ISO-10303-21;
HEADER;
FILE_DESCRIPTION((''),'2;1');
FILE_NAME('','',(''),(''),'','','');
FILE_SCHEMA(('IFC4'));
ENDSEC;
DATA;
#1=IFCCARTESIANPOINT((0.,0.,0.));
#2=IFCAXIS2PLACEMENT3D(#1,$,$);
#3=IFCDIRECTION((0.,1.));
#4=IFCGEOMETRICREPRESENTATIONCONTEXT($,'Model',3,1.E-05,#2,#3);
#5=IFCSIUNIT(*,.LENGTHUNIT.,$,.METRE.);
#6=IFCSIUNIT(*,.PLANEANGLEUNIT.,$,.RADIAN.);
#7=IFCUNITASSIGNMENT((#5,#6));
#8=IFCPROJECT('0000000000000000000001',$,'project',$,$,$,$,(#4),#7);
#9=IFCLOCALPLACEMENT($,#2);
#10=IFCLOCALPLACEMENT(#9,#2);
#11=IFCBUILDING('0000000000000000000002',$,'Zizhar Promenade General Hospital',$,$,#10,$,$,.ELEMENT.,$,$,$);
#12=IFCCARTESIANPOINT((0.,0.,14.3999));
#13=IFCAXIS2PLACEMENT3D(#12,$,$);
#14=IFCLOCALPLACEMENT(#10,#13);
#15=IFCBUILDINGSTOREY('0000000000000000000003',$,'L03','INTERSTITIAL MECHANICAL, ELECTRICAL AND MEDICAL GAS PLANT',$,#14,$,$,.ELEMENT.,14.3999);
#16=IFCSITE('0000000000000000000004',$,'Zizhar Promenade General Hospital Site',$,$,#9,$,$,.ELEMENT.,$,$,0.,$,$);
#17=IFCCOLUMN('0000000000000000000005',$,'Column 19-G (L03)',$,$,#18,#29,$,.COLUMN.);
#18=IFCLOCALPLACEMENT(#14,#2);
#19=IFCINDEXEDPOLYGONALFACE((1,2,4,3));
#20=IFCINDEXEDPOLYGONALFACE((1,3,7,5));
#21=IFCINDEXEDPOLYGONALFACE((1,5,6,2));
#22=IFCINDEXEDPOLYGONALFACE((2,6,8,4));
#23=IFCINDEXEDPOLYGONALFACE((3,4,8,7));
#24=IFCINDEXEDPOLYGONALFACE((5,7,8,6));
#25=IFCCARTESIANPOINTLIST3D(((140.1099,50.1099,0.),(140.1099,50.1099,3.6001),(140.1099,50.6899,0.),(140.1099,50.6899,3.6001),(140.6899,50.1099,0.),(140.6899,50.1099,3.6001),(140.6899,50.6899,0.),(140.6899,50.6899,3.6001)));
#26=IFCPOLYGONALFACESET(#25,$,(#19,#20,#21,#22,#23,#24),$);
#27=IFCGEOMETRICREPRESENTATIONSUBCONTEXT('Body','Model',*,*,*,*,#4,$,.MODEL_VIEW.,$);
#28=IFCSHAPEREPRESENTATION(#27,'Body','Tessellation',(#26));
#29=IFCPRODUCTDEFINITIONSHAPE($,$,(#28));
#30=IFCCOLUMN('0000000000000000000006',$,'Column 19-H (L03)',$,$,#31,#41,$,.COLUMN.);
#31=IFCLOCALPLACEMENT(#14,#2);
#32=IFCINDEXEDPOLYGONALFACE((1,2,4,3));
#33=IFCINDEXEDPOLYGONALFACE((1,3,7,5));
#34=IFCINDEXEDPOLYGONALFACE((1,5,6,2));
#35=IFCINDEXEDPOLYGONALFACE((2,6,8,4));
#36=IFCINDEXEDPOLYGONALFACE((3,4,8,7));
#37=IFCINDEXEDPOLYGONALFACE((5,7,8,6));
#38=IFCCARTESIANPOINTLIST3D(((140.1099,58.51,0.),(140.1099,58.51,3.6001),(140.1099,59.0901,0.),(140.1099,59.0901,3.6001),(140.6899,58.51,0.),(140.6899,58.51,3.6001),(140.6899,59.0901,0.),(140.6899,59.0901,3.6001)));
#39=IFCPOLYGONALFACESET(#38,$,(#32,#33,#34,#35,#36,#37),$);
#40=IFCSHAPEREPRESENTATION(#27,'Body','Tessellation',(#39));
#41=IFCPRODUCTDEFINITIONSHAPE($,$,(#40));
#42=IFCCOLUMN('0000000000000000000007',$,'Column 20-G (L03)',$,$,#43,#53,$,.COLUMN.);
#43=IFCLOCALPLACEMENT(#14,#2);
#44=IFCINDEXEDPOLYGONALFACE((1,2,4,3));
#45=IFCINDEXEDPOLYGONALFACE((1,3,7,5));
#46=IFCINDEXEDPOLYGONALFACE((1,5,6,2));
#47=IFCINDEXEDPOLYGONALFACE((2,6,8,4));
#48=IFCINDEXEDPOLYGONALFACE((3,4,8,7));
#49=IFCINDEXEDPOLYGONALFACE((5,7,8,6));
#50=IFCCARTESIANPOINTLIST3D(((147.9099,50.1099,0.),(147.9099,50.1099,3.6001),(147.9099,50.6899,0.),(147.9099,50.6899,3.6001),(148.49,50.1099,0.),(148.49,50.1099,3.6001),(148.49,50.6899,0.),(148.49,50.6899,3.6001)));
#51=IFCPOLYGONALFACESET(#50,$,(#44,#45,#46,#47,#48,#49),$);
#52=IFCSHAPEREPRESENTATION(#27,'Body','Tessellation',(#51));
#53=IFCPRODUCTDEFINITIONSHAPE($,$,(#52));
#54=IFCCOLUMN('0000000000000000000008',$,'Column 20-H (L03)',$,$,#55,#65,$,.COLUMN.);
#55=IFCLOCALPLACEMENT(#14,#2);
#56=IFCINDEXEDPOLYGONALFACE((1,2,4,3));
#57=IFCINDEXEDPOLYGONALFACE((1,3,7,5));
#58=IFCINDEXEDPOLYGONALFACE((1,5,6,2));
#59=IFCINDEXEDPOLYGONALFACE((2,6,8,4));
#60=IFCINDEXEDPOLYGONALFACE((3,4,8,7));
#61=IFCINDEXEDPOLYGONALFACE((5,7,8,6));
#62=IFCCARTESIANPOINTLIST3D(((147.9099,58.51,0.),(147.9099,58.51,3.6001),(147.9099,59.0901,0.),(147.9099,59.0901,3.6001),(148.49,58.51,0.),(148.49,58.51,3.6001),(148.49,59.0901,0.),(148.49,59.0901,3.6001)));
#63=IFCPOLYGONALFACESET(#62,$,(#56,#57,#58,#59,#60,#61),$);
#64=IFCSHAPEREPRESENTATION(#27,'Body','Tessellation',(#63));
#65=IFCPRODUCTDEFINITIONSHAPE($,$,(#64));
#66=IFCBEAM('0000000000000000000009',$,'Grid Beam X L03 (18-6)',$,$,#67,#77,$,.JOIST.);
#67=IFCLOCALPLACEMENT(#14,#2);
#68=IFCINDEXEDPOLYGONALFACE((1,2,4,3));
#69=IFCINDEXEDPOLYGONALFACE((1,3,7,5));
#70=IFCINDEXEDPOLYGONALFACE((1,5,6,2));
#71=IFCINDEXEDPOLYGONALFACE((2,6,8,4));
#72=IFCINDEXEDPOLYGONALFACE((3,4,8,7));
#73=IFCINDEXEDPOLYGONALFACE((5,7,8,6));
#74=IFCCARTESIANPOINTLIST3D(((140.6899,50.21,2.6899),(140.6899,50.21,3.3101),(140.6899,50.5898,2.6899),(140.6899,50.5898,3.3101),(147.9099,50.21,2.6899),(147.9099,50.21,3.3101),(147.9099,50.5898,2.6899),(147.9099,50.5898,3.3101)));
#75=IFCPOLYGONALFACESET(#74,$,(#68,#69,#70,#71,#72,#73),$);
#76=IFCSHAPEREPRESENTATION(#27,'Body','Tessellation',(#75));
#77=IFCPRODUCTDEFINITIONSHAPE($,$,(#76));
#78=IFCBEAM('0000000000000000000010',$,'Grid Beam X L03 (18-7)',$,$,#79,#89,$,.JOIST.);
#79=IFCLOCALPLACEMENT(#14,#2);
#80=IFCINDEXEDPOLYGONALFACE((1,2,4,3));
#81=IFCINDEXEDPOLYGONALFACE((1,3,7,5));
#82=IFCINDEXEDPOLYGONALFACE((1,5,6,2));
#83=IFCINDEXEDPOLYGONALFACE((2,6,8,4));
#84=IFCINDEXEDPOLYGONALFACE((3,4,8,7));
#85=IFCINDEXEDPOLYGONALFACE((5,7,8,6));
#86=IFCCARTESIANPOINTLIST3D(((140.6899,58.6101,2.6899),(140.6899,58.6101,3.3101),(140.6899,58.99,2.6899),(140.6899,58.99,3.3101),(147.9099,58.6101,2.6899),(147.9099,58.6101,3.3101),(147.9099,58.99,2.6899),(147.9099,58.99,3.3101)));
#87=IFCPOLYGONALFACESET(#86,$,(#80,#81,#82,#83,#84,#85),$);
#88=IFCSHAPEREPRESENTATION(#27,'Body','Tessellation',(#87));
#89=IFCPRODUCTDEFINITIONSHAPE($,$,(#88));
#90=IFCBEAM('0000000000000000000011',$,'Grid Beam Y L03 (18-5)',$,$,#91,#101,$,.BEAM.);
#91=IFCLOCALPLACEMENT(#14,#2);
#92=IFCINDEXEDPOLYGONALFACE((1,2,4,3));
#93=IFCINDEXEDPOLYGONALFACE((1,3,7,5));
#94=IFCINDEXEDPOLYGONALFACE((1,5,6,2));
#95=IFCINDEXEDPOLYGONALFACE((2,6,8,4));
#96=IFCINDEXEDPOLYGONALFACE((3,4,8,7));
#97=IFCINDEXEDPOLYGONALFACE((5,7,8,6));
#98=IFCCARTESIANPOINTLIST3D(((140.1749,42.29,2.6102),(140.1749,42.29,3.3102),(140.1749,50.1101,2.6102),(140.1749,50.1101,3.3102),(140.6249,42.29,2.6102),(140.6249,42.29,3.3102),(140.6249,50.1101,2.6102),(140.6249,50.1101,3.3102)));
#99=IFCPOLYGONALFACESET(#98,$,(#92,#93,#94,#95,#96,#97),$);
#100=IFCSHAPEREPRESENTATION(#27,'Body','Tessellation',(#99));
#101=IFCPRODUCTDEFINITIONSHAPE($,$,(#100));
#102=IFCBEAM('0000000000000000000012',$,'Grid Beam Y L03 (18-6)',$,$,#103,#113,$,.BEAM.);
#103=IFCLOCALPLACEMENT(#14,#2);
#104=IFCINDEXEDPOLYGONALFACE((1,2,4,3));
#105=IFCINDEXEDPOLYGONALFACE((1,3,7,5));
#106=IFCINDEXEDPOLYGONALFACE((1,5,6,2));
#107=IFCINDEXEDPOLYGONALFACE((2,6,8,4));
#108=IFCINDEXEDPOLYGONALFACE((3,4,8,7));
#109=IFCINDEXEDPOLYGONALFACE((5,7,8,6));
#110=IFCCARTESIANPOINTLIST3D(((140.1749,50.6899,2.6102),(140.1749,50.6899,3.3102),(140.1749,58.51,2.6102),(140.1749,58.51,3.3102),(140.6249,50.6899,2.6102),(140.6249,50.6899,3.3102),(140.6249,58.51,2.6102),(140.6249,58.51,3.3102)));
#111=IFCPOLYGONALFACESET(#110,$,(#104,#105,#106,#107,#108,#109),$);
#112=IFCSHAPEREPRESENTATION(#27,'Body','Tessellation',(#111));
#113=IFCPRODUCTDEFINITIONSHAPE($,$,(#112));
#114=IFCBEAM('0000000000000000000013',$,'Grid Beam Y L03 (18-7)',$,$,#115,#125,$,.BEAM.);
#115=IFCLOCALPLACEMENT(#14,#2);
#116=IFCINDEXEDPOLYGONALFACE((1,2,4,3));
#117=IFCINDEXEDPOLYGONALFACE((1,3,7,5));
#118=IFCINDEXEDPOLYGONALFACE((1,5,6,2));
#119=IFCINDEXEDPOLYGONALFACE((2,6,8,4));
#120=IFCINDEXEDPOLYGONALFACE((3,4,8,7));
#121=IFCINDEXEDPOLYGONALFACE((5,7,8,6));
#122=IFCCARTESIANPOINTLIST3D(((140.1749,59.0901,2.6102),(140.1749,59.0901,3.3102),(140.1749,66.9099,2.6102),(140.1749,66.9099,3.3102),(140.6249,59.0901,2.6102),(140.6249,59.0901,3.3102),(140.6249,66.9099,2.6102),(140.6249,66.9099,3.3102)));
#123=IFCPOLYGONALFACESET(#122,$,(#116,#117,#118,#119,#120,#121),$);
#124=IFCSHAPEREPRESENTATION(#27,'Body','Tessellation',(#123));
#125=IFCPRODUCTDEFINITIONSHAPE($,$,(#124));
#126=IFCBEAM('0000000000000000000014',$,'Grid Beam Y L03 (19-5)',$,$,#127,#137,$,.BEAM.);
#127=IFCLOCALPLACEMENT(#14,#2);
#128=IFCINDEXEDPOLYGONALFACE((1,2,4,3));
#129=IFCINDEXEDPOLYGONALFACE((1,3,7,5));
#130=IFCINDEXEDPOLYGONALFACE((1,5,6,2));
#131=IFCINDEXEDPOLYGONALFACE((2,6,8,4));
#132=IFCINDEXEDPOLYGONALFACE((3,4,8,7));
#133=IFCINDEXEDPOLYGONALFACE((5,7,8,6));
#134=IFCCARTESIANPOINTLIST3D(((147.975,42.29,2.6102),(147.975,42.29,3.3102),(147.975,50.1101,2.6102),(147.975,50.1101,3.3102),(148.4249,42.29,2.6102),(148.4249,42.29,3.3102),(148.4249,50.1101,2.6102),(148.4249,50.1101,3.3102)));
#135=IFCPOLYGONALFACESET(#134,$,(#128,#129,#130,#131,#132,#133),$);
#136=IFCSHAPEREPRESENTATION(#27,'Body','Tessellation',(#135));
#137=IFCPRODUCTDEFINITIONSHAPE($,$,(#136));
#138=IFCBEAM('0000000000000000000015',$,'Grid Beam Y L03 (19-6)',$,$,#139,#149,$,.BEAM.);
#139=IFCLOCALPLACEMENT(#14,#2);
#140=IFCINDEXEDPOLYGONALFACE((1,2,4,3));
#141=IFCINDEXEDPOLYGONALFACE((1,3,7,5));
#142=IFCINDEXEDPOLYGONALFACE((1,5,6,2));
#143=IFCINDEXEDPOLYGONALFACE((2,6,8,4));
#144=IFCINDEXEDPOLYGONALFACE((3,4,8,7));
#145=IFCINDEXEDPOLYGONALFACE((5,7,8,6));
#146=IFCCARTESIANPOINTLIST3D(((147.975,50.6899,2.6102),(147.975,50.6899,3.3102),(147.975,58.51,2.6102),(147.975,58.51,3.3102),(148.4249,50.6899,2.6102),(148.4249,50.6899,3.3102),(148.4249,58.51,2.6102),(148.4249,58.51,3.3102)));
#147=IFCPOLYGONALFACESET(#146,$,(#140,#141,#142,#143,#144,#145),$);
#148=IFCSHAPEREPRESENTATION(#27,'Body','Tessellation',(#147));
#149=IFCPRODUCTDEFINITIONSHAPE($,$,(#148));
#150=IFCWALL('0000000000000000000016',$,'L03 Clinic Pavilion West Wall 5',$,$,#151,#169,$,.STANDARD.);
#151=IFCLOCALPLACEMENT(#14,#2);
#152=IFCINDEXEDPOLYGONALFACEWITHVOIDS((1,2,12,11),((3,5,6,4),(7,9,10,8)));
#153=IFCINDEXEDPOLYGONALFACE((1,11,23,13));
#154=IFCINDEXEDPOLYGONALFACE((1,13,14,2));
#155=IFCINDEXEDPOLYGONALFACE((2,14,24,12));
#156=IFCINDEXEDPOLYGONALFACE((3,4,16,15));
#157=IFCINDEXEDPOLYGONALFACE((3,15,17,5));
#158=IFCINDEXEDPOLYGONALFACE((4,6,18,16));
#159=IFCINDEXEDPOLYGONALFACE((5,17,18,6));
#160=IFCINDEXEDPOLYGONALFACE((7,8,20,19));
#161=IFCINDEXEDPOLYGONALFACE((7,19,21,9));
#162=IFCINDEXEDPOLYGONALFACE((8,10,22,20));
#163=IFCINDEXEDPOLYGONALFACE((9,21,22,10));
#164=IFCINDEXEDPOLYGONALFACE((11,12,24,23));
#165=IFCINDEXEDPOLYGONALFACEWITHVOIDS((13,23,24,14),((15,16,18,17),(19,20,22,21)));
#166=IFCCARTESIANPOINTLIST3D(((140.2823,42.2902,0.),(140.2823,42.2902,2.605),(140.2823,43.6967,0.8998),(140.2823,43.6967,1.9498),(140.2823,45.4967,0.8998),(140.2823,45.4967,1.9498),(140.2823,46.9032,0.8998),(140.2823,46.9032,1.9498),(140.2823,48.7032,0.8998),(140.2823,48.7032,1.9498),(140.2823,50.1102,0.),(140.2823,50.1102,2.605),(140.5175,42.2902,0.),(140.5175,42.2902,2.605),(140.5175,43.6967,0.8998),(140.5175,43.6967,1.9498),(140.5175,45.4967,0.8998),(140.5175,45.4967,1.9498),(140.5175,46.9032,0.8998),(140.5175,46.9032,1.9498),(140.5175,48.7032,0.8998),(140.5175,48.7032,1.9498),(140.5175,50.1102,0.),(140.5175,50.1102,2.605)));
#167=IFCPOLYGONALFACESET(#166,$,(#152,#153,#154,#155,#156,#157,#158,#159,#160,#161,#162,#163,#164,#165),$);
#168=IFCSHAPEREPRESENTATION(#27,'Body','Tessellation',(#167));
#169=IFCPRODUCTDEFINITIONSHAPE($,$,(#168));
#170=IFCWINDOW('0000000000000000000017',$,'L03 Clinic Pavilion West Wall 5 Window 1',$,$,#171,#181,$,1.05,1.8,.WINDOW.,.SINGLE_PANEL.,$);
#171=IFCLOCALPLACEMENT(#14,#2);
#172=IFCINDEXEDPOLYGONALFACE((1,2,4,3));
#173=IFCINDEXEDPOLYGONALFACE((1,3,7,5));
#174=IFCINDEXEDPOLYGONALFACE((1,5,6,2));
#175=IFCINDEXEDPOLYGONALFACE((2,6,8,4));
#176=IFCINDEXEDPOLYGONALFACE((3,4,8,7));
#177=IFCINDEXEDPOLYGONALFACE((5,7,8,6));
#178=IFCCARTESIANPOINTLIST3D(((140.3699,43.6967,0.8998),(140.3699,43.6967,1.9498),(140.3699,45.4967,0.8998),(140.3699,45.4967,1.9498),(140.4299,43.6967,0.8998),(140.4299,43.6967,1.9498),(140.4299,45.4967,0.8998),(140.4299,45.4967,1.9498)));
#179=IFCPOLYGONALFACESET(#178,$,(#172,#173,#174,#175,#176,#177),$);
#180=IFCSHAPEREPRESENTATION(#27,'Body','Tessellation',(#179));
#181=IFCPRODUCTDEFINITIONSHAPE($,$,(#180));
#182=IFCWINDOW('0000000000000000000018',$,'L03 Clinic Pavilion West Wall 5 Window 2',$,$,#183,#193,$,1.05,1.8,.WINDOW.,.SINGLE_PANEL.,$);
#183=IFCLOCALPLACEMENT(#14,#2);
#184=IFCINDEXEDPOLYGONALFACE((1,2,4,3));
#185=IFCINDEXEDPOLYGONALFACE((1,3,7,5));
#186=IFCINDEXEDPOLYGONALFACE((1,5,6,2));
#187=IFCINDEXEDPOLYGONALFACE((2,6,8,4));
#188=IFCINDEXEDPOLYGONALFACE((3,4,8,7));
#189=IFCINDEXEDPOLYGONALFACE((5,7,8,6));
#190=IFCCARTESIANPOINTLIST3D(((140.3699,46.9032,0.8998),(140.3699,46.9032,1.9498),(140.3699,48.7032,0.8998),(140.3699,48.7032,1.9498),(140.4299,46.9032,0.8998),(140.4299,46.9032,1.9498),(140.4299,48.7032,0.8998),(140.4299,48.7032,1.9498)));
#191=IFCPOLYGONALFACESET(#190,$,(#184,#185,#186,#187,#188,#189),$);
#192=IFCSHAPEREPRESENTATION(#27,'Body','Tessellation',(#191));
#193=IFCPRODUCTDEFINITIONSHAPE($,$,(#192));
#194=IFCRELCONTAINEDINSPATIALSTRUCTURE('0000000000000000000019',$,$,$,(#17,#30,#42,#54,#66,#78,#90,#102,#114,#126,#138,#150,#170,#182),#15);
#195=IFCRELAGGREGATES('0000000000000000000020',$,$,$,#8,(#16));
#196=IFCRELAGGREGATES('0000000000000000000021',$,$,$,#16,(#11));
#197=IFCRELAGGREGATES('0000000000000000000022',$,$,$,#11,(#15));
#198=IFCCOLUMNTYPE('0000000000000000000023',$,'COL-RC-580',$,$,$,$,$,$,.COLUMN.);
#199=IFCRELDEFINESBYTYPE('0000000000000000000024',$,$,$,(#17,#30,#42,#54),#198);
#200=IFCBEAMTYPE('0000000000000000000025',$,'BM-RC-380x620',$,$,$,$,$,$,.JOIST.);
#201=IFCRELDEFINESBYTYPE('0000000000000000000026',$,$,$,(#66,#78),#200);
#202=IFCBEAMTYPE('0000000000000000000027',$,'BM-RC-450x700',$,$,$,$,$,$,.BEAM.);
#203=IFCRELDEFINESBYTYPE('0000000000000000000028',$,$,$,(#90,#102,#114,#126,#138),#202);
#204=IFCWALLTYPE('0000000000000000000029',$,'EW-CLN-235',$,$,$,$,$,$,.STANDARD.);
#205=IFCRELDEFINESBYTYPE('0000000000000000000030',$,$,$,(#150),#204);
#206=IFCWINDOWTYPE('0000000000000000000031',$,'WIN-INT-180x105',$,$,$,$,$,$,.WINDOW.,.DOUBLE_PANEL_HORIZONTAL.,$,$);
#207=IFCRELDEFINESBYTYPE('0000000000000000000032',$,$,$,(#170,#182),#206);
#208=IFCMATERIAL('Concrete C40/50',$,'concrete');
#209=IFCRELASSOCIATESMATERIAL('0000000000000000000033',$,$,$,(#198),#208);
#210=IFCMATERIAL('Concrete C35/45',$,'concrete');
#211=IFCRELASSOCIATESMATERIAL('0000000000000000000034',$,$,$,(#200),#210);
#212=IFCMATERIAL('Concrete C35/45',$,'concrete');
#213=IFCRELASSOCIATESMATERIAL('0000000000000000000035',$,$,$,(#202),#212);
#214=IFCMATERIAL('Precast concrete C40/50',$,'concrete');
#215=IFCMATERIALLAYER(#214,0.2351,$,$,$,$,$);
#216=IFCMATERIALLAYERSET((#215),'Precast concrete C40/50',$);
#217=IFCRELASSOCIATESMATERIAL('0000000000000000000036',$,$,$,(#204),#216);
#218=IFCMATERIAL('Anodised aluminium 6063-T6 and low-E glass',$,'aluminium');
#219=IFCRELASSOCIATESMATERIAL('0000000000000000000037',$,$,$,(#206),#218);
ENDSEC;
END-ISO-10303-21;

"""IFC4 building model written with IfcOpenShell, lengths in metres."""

from ifc_helpers import new_model, si_unit, direction, frame, frame_2d, origin, origin_2d, place, context, subcontext, project, spatial, rectangle, extrude, material, layer, layer_set, material_profile, profile_set, type_object, element, fill, save


model = new_model("IFC4")

# Units and contexts
model_context = context("Model", 3, precision=1e-05, world=origin(), true_north=direction((0.0, 1.0)))
body_context = subcontext(model_context, "Body", "Model", "MODEL_VIEW")
ifc_project = project(units=[si_unit("LENGTHUNIT", "METRE"), si_unit("PLANEANGLEUNIT", "RADIAN")], contexts=[model_context])

# Site, building, storey
site_placement = place(None, origin())
site = spatial("IfcSite", under=ifc_project, at=site_placement, Name="Zizhar Promenade General Hospital Site", CompositionType="ELEMENT", RefElevation=0.0)
building_placement = place(site_placement, origin())
building = spatial("IfcBuilding", under=site, at=building_placement, Name="Zizhar Promenade General Hospital", CompositionType="ELEMENT")
storey_placement = place(building_placement, frame((0.0, 0.0, 14.3999)))
storey = spatial("IfcBuildingStorey", under=building, at=storey_placement, Name="L03", Description="INTERSTITIAL MECHANICAL, ELECTRICAL AND MEDICAL GAS PLANT", CompositionType="ELEMENT", Elevation=14.3999)

# Columns
ifc_material_1 = material(Name="Concrete C40/50", Category="concrete")
ifc_material_profile_1 = material_profile(ifc_material_1, rectangle(XDim=0.5801, YDim=0.5801, at=origin_2d()))
ifc_profile_set_1 = profile_set([ifc_material_profile_1], Name="Concrete C40/50")
column_type = type_object("IfcColumnType", Name="COL-RC-580", PredefinedType="COLUMN", material=ifc_profile_set_1)
for number, where, z_axis, x_axis, name in (
    (1, (140.3999, 50.3999, 0.0), (0.0, 0.0, 1.0), (1.0, 0.0, 0.0), "Column 19-G (L03)"),
    (2, (140.3999, 58.8, 0.0), (0.0, 0.0, 1.0), (1.0, 0.0, 0.0), "Column 19-H (L03)"),
    (3, (148.2, 50.3999, 0.0), (0.0, 0.0, 1.0), (1.0, 0.0, 0.0), "Column 20-G (L03)"),
    (4, (148.2, 58.8, 0.0), (0.0, 0.0, 1.0), (1.0, 0.0, 0.0), "Column 20-H (L03)"),
):
    element("IfcColumn", number, at=place(storey_placement, frame(where, z_axis=z_axis, x_axis=x_axis)), inside=storey, type_object=column_type, Name=name, PredefinedType="COLUMN", context=body_context, shape_type="SweptSolid", body=[
        extrude(rectangle(XDim=0.5801, YDim=0.5801, at=origin_2d()), origin(), (0.0, 0.0, 1.0), 3.6001),
    ])

# Beams
ifc_material_2 = material(Name="Concrete C35/45", Category="concrete")
ifc_material_profile_2 = material_profile(ifc_material_2, rectangle(XDim=0.3799, YDim=0.6201, at=origin_2d()))
ifc_profile_set_2 = profile_set([ifc_material_profile_2], Name="Concrete C35/45")
beam_type_1 = type_object("IfcBeamType", Name="BM-RC-380x620", PredefinedType="JOIST", material=ifc_profile_set_2)
for number, where, z_axis, x_axis, name in (
    (5, (140.6899, 50.3999, 3.0), (1.0, 0.0, 0.0), (0.0, 1.0, 0.0), "Grid Beam X L03 (18-6)"),
    (6, (140.6899, 58.8, 3.0), (1.0, 0.0, 0.0), (0.0, 1.0, 0.0), "Grid Beam X L03 (18-7)"),
):
    element("IfcBeam", number, at=place(storey_placement, frame(where, z_axis=z_axis, x_axis=x_axis)), inside=storey, type_object=beam_type_1, Name=name, PredefinedType="JOIST", context=body_context, shape_type="SweptSolid", body=[
        extrude(rectangle(XDim=0.3799, YDim=0.6201, at=origin_2d()), origin(), (0.0, 0.0, 1.0), 7.22),
    ])
ifc_material_3 = material(Name="Concrete C35/45", Category="concrete")
ifc_material_profile_3 = material_profile(ifc_material_3, rectangle(XDim=0.45, YDim=0.7, at=origin_2d()))
ifc_profile_set_3 = profile_set([ifc_material_profile_3], Name="Concrete C35/45")
beam_type_2 = type_object("IfcBeamType", Name="BM-RC-450x700", PredefinedType="BEAM", material=ifc_profile_set_3)
for number, where, z_axis, x_axis, name in (
    (7, (140.3999, 42.29, 2.9602), (0.0, 1.0, 0.0), (-1.0, 0.0, 0.0), "Grid Beam Y L03 (18-5)"),
    (8, (140.3999, 50.6899, 2.9602), (0.0, 1.0, 0.0), (-1.0, 0.0, 0.0), "Grid Beam Y L03 (18-6)"),
):
    element("IfcBeam", number, at=place(storey_placement, frame(where, z_axis=z_axis, x_axis=x_axis)), inside=storey, type_object=beam_type_2, Name=name, PredefinedType="BEAM", context=body_context, shape_type="SweptSolid", body=[
        extrude(rectangle(XDim=0.45, YDim=0.7, at=origin_2d()), origin(), (0.0, 0.0, 1.0), 7.8201),
    ])
beam_placement = place(storey_placement, frame((140.3999, 59.0901, 2.9602), z_axis=(0.0, 1.0, 0.0), x_axis=(-1.0, 0.0, 0.0)))
element("IfcBeam", 9, at=beam_placement, inside=storey, type_object=beam_type_2, Name="Grid Beam Y L03 (18-7)", PredefinedType="BEAM", context=body_context, shape_type="SweptSolid", body=[
    extrude(rectangle(XDim=0.45, YDim=0.7, at=origin_2d()), origin(), (0.0, 0.0, 1.0), 7.8198),
])
for number, where, z_axis, x_axis, name in (
    (10, (148.2, 42.29, 2.9602), (0.0, 1.0, 0.0), (-1.0, 0.0, 0.0), "Grid Beam Y L03 (19-5)"),
    (11, (148.2, 50.6899, 2.9602), (0.0, 1.0, 0.0), (-1.0, 0.0, 0.0), "Grid Beam Y L03 (19-6)"),
):
    element("IfcBeam", number, at=place(storey_placement, frame(where, z_axis=z_axis, x_axis=x_axis)), inside=storey, type_object=beam_type_2, Name=name, PredefinedType="BEAM", context=body_context, shape_type="SweptSolid", body=[
        extrude(rectangle(XDim=0.45, YDim=0.7, at=origin_2d()), origin(), (0.0, 0.0, 1.0), 7.8201),
    ])

# Wall, openings, windows
ifc_material_4 = material(Name="Precast concrete C40/50", Category="concrete")
ifc_layer_1 = layer(ifc_material_4, 0.2351)
ifc_layer_set_1 = layer_set([ifc_layer_1], Name="Precast concrete C40/50")
wall_type_1 = type_object("IfcWallType", Name="EW-CLN-235", PredefinedType="STANDARD", material=ifc_layer_set_1)
wall_1_placement = place(storey_placement, frame((140.3999, 42.29, 0.0), z_axis=(0.0, 0.0, 1.0), x_axis=(0.0, 1.0, 0.0)))
wall_1 = element("IfcWall", 12, at=wall_1_placement, inside=storey, type_object=wall_type_1, Name="L03 Clinic Pavilion West Wall 5", PredefinedType="STANDARD", context=body_context, shape_type="SweptSolid", body=[
    extrude(rectangle(XDim=7.8201, YDim=0.2351, at=frame_2d((3.9102, 0.0))), origin(), (0.0, 0.0, 1.0), 2.605),
])
opening_1_placement = place(wall_1_placement, frame((1.4067, 0.0, 0.8999)))
opening_1 = element("IfcOpeningElement", 13, at=opening_1_placement, cuts=wall_1, PredefinedType="OPENING", context=body_context, shape_type="SweptSolid", body=[
    extrude(rectangle(XDim=1.8, YDim=1.05, at=frame_2d((0.8999, 0.5249))), frame((0.0, 0.1274, 0.0), z_axis=(0.0, -1.0, 0.0), x_axis=(1.0, 0.0, 0.0)), (0.0, 0.0, 1.0), 0.2551),
])
opening_2_placement = place(wall_1_placement, frame((4.6133, 0.0, 0.8999)))
opening_2 = element("IfcOpeningElement", 14, at=opening_2_placement, cuts=wall_1, PredefinedType="OPENING", context=body_context, shape_type="SweptSolid", body=[
    extrude(rectangle(XDim=1.8, YDim=1.05, at=frame_2d((0.8999, 0.5249))), frame((0.0, 0.1274, 0.0), z_axis=(0.0, -1.0, 0.0), x_axis=(1.0, 0.0, 0.0)), (0.0, 0.0, 1.0), 0.2551),
])
ifc_material_5 = material(Name="Anodised aluminium 6063-T6 and low-E glass", Category="aluminium")
window_type = type_object("IfcWindowType", Name="WIN-INT-180x105", PartitioningType="DOUBLE_PANEL_HORIZONTAL", PredefinedType="WINDOW", material=ifc_material_5)
window_1_placement = place(opening_1_placement, origin())
window_1 = element("IfcWindow", 15, at=window_1_placement, inside=storey, type_object=window_type, Name="L03 Clinic Pavilion West Wall 5 Window 1", OverallHeight=1.05, OverallWidth=1.8, PartitioningType="SINGLE_PANEL", PredefinedType="WINDOW", context=body_context, shape_type="SweptSolid", body=[
    extrude(rectangle(XDim=1.8, YDim=1.05, at=frame_2d((0.8999, 0.5249))), frame((0.0, 0.03, 0.0), z_axis=(0.0, -1.0, 0.0), x_axis=(1.0, 0.0, 0.0)), (0.0, 0.0, 1.0), 0.0601),
])
fill(opening_1, window_1)
window_2_placement = place(opening_2_placement, origin())
window_2 = element("IfcWindow", 16, at=window_2_placement, inside=storey, type_object=window_type, Name="L03 Clinic Pavilion West Wall 5 Window 2", OverallHeight=1.05, OverallWidth=1.8, PartitioningType="SINGLE_PANEL", PredefinedType="WINDOW", context=body_context, shape_type="SweptSolid", body=[
    extrude(rectangle(XDim=1.8, YDim=1.05, at=frame_2d((0.8999, 0.5249))), frame((0.0, 0.03, 0.0), z_axis=(0.0, -1.0, 0.0), x_axis=(1.0, 0.0, 0.0)), (0.0, 0.0, 1.0), 0.0601),
])
fill(opening_2, window_2)

save(model, "model.ifc")
